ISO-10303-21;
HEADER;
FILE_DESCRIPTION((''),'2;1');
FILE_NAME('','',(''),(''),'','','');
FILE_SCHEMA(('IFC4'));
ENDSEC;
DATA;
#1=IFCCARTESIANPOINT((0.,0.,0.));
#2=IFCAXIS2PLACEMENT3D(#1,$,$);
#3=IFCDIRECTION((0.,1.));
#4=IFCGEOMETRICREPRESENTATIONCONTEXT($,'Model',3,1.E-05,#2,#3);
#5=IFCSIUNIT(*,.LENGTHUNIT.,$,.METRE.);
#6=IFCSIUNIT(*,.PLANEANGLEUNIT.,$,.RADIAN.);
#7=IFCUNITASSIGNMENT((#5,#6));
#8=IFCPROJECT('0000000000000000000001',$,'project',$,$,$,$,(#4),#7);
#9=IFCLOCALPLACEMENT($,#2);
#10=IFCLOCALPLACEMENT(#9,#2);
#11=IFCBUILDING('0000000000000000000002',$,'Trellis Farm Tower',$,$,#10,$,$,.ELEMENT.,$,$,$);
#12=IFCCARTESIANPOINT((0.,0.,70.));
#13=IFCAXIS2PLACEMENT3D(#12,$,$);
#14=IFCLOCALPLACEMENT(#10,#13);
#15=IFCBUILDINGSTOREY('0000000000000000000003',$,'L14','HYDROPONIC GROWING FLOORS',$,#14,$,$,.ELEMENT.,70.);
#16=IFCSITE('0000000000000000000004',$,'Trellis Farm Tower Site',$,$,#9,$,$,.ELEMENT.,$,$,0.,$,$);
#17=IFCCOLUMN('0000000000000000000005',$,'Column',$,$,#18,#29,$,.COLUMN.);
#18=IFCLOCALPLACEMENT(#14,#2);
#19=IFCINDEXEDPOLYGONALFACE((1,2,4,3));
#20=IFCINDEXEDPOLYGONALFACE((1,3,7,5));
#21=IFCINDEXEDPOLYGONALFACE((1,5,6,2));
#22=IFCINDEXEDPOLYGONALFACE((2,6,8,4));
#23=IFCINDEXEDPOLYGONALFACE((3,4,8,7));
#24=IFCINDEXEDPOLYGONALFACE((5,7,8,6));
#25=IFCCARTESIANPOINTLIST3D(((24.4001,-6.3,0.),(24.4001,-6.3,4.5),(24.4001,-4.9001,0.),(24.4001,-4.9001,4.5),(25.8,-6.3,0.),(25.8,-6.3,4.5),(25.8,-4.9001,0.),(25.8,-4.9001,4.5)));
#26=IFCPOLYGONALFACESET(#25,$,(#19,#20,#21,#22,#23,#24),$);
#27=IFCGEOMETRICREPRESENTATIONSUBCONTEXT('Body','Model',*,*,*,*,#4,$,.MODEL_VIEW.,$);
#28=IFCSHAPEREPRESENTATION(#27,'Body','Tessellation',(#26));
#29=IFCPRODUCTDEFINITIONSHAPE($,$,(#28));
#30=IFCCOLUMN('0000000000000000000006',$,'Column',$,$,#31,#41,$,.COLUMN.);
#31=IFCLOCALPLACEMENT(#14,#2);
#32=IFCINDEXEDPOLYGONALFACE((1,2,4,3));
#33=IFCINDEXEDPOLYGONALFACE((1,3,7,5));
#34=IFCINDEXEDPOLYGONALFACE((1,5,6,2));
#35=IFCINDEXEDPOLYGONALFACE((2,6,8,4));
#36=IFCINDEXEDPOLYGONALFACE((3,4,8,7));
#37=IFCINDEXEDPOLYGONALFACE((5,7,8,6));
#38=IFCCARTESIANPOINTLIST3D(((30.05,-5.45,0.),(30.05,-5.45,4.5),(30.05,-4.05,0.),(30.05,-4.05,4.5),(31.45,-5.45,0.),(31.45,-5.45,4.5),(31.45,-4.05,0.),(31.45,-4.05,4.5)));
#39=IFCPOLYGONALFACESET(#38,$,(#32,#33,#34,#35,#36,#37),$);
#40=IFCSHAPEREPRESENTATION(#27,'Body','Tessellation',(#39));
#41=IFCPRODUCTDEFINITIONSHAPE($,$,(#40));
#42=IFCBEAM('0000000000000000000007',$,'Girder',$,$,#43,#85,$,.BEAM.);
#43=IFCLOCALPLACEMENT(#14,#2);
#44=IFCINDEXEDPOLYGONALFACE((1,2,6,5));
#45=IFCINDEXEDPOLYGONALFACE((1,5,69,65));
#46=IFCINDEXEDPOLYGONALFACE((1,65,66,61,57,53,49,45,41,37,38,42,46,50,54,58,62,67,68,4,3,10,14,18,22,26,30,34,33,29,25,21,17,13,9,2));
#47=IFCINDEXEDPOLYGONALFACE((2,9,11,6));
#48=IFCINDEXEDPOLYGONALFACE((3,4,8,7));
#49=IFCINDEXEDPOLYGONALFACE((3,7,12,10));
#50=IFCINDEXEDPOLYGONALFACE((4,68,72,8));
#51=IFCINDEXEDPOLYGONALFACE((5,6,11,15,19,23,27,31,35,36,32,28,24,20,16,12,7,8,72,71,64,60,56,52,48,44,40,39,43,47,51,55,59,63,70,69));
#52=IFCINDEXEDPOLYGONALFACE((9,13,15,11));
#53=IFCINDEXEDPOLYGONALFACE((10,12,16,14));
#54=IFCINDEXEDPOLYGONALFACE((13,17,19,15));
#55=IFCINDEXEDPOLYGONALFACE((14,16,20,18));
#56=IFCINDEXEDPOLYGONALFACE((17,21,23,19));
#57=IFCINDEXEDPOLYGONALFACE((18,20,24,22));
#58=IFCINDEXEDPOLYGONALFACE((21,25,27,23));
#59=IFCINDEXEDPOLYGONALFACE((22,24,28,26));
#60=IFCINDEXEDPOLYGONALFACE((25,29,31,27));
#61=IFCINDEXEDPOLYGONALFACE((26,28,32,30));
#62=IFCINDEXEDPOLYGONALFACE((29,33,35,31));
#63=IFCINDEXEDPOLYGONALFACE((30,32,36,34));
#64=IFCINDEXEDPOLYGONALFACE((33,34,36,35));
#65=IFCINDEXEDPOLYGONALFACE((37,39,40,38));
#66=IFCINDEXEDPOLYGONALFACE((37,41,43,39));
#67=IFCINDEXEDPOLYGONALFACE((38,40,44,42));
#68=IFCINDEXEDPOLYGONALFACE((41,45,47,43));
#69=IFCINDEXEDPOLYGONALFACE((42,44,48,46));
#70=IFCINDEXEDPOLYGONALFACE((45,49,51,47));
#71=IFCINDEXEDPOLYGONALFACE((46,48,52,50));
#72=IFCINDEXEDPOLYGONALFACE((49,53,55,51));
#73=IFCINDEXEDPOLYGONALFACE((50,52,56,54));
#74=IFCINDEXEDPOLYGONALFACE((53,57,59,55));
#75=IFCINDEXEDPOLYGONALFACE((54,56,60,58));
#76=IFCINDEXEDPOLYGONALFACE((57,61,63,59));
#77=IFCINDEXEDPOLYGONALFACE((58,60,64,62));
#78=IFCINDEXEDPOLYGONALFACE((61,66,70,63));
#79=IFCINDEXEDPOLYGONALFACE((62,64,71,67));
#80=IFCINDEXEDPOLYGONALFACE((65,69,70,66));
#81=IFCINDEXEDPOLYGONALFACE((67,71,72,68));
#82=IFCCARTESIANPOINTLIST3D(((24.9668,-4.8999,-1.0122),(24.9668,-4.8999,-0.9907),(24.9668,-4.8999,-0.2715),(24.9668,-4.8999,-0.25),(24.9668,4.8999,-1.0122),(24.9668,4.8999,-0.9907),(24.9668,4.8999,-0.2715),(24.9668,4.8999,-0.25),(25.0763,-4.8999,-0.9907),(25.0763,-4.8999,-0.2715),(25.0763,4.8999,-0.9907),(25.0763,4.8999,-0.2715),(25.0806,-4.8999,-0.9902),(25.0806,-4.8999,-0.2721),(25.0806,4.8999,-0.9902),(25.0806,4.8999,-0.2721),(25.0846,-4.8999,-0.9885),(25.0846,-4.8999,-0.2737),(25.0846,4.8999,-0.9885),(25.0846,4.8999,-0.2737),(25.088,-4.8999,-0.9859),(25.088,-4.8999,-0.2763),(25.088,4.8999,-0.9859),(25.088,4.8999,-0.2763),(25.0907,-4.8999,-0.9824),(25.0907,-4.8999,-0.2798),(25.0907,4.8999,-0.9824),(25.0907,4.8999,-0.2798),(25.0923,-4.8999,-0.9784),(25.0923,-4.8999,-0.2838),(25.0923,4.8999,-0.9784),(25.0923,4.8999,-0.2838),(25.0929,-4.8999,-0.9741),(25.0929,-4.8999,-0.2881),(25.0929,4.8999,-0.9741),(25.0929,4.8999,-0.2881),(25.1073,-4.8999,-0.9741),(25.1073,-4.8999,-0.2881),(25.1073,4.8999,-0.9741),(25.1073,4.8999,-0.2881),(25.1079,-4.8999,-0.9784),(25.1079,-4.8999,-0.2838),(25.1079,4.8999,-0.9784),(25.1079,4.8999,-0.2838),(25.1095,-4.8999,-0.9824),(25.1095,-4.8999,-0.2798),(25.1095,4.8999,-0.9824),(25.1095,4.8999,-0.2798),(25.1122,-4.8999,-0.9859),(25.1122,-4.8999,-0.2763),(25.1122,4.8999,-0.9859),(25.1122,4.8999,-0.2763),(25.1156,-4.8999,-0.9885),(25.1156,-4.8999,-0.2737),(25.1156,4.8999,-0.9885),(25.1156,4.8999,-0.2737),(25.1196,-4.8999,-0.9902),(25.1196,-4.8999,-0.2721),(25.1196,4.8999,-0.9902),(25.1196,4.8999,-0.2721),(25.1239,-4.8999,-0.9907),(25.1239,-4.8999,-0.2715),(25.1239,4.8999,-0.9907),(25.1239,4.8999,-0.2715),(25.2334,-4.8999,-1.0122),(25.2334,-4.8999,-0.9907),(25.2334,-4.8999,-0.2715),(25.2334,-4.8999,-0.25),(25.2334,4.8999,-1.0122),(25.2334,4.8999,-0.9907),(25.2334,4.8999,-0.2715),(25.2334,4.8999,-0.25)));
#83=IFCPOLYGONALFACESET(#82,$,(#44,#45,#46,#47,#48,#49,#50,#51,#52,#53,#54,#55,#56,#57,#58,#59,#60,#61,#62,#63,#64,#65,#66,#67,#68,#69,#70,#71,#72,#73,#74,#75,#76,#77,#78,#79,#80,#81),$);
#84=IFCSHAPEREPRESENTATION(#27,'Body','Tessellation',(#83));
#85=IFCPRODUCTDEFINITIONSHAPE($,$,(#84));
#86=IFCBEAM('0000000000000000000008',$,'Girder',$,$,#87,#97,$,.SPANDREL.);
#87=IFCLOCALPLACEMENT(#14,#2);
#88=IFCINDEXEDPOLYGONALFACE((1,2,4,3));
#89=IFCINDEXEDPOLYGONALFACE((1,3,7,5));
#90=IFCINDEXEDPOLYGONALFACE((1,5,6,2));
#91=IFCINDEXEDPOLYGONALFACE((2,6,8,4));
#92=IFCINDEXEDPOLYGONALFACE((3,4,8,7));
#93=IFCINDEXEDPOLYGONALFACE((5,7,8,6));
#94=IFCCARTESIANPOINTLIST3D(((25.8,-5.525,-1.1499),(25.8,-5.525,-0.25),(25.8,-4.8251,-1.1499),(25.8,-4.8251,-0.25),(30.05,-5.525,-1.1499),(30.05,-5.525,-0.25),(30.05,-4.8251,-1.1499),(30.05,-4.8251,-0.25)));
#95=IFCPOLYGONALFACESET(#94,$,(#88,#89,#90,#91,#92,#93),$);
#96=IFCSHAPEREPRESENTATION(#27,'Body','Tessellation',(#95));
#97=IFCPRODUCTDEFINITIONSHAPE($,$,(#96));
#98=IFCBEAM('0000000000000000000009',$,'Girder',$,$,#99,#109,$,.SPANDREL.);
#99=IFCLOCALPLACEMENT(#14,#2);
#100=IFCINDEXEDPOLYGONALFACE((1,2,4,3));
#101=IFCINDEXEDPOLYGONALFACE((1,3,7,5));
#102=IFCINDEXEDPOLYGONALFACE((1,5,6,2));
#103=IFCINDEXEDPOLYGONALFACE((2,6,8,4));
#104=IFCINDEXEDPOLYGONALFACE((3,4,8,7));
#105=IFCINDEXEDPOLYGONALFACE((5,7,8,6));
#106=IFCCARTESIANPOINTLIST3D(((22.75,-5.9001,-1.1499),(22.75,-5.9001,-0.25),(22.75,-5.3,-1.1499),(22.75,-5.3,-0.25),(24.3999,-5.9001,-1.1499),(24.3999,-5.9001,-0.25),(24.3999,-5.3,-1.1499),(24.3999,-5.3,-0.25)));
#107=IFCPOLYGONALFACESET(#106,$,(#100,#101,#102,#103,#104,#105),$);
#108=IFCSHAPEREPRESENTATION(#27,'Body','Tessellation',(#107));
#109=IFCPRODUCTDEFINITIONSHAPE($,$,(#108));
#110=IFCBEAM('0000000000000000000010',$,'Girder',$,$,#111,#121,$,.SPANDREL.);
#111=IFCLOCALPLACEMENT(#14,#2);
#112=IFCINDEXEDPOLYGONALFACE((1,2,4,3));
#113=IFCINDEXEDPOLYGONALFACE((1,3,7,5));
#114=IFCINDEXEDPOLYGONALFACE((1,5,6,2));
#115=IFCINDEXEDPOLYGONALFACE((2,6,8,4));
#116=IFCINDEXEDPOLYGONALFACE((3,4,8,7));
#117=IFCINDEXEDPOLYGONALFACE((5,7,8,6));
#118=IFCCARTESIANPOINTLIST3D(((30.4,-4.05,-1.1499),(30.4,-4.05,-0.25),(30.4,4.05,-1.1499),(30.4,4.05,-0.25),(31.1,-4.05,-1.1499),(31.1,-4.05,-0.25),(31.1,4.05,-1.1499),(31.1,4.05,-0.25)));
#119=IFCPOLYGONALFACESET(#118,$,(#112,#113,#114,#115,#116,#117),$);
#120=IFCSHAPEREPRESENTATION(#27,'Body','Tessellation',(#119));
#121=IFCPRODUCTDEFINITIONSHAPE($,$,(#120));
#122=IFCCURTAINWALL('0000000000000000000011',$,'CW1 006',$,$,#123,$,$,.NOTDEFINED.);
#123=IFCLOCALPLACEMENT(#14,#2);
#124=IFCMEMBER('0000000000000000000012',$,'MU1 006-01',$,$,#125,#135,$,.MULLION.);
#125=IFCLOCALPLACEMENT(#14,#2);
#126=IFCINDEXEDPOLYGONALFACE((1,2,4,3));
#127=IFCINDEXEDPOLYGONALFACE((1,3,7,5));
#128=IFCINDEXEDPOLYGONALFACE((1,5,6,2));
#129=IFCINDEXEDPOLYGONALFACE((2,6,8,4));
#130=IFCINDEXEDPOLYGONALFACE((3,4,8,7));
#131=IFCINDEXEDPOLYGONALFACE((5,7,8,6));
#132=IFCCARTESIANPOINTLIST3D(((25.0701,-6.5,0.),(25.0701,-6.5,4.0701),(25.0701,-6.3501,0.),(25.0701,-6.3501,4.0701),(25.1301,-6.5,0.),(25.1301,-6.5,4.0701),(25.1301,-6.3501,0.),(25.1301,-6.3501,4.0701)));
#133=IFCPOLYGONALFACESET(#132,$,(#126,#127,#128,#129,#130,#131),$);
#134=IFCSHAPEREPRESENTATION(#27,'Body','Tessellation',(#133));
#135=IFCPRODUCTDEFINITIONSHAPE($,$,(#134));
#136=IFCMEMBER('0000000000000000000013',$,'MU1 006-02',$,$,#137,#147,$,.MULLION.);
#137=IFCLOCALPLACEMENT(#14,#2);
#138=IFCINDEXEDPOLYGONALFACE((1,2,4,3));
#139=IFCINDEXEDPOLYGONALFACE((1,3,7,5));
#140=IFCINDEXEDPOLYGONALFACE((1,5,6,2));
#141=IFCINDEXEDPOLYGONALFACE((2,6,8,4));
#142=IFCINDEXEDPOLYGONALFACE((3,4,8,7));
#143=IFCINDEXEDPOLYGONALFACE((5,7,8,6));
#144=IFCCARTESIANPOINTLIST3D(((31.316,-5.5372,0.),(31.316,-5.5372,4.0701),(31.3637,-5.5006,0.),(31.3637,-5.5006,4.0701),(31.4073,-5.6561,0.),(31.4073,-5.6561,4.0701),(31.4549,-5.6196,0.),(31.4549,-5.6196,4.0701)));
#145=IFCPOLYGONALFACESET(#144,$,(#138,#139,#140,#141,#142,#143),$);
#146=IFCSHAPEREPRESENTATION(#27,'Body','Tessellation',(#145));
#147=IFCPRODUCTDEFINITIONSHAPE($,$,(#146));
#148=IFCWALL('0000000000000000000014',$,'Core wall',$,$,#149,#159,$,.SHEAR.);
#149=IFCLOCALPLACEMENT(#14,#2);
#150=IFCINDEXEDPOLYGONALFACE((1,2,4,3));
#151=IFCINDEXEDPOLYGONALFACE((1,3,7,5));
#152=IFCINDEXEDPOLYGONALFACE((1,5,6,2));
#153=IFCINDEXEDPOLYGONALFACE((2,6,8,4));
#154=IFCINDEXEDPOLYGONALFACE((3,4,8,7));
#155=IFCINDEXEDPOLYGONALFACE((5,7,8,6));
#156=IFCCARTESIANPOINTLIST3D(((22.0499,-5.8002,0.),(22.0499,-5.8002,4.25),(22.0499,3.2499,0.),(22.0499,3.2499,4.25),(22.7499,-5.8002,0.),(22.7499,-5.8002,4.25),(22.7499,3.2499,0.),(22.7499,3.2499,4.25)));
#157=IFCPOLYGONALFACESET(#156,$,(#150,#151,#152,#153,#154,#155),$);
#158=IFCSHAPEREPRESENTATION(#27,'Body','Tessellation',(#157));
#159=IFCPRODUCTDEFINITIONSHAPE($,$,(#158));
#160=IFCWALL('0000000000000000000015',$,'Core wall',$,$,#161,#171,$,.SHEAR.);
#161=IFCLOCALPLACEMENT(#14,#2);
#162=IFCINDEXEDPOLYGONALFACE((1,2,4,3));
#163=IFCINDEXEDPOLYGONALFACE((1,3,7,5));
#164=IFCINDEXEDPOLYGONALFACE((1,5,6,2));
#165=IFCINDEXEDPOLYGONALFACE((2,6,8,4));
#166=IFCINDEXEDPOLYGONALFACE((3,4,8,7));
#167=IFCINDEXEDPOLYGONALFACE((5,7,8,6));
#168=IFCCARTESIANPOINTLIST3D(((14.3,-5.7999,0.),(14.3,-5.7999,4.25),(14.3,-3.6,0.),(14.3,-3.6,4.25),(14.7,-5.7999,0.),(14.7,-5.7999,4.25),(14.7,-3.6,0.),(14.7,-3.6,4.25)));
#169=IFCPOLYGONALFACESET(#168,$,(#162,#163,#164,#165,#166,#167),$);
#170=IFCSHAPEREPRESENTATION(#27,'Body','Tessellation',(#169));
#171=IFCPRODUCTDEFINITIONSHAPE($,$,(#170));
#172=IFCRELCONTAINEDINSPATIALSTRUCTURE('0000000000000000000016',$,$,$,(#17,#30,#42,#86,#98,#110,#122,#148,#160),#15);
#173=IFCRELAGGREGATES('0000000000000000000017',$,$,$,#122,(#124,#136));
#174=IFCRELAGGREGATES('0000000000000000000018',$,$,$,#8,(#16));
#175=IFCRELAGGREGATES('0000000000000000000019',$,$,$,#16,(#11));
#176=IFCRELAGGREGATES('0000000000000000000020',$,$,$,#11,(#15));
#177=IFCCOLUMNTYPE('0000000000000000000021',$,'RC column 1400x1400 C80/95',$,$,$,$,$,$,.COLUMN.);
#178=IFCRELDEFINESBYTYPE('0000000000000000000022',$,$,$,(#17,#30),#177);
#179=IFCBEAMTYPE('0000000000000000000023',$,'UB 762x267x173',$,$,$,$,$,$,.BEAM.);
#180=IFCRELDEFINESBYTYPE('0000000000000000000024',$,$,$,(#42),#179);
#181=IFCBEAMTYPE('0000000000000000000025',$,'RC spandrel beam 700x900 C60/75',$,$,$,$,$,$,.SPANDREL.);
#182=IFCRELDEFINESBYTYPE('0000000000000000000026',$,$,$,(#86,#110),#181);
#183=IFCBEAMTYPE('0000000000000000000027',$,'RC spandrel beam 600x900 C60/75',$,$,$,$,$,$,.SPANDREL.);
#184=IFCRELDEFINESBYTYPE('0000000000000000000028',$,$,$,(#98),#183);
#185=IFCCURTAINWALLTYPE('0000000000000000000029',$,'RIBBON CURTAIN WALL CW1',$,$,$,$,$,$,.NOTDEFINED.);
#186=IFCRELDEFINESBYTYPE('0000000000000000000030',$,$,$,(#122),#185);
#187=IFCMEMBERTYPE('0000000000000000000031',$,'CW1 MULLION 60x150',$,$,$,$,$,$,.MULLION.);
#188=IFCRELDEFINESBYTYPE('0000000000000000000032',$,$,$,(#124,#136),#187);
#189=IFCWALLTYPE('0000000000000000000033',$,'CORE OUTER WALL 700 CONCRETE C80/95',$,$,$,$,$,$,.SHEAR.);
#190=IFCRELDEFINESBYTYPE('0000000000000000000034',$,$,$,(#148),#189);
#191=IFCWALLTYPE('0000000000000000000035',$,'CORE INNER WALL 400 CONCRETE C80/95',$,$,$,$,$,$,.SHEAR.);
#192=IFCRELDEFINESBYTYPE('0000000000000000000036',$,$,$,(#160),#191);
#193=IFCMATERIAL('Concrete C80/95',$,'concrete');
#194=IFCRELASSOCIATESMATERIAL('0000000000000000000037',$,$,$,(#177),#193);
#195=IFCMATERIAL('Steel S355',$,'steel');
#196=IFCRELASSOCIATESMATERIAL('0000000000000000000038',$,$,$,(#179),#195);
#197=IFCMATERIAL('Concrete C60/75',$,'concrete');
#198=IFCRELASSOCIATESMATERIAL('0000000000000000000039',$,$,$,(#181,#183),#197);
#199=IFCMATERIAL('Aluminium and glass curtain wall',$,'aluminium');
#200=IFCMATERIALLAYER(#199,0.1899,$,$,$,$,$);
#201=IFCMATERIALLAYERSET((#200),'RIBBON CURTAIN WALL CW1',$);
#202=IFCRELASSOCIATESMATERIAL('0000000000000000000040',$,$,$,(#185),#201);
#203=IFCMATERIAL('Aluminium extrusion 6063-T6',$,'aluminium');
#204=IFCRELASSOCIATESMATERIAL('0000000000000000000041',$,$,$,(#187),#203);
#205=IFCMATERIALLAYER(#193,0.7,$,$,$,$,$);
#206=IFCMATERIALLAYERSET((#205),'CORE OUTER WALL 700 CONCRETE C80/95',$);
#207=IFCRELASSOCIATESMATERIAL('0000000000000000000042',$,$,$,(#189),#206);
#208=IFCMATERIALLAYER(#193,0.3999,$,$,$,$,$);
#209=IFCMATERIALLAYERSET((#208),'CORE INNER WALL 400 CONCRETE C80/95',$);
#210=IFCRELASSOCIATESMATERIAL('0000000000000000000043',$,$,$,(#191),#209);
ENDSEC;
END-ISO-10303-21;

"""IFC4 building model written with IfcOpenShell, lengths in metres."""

from ifc_helpers import new_model, si_unit, direction, frame, frame_2d, origin, origin_2d, place, context, subcontext, project, spatial, rectangle, i_section, extrude, source, transform, mapped, material, layer, layer_set, material_profile, profile_set, type_object, element, aggregate, save


model = new_model("IFC4")

# Units and contexts
model_context = context("Model", 3, precision=1e-05, world=origin(), true_north=direction((0.0, 1.0)))
body_context = subcontext(model_context, "Body", "Model", "MODEL_VIEW")
ifc_project = project(units=[si_unit("LENGTHUNIT", "METRE"), si_unit("PLANEANGLEUNIT", "RADIAN")], contexts=[model_context])

# Site, building, storey
site_placement = place(None, origin())
site = spatial("IfcSite", under=ifc_project, at=site_placement, Name="Trellis Farm Tower Site", CompositionType="ELEMENT", RefElevation=0.0)
building_placement = place(site_placement, origin())
building = spatial("IfcBuilding", under=site, at=building_placement, Name="Trellis Farm Tower", CompositionType="ELEMENT")
storey_placement = place(building_placement, frame((0.0, 0.0, 70.0)))
storey = spatial("IfcBuildingStorey", under=building, at=storey_placement, Name="L14", Description="HYDROPONIC GROWING FLOORS", CompositionType="ELEMENT", Elevation=70.0)

# Columns
ifc_material_1 = material(Name="Concrete C80/95", Category="concrete")
ifc_material_profile_1 = material_profile(ifc_material_1, rectangle(XDim=1.3999, YDim=1.3999, at=origin_2d()), Name="RC column 1400x1400 C80/95")
ifc_profile_set_1 = profile_set([ifc_material_profile_1], Name="Concrete C80/95")
column_type = type_object("IfcColumnType", Name="RC column 1400x1400 C80/95", PredefinedType="COLUMN", material=ifc_profile_set_1)
shared_shape_1 = source(origin(), body_context, "Body", "SweptSolid", [
    extrude(rectangle(XDim=1.3999, YDim=1.3999, at=origin_2d()), origin(), (0.0, 0.0, 1.0), 4.5),
])
for number, where, z_axis, x_axis, name in (
    (1, (25.1001, -5.6001, 0.0), (0.0, 0.0, 1.0), (1.0, 0.0, 0.0), "Column"),
    (2, (30.75, -4.75, 0.0), (0.0, 0.0, 1.0), (1.0, 0.0, 0.0), "Column"),
):
    element("IfcColumn", number, at=place(storey_placement, frame(where, z_axis=z_axis, x_axis=x_axis)), inside=storey, type_object=column_type, Name=name, PredefinedType="COLUMN", context=body_context, shape_type="MappedRepresentation", body=[
        mapped(shared_shape_1, transform((0.0, 0.0, 0.0))),
    ])

# Beams
ifc_material_2 = material(Name="Steel S355", Category="steel")
ifc_material_profile_2 = material_profile(ifc_material_2, i_section(OverallWidth=0.2666, OverallDepth=0.7622, WebThickness=0.0144, FlangeThickness=0.0215, FilletRadius=0.0166, at=origin_2d()), Name="UB 762x267x173")
ifc_profile_set_2 = profile_set([ifc_material_profile_2], Name="Steel S355")
beam_type_1 = type_object("IfcBeamType", Name="UB 762x267x173", PredefinedType="BEAM", material=ifc_profile_set_2)
shared_shape_2 = source(origin(), body_context, "Body", "SweptSolid", [
    extrude(i_section(OverallWidth=0.2666, OverallDepth=0.7622, WebThickness=0.0144, FlangeThickness=0.0215, FilletRadius=0.0166, at=origin_2d()), origin(), (0.0, 0.0, 1.0), 9.7998),
])
beam_1_placement = place(storey_placement, frame((25.1001, -4.8999, -0.6311), z_axis=(0.0, 1.0, 0.0), x_axis=(-1.0, 0.0, 0.0)))
element("IfcBeam", 3, at=beam_1_placement, inside=storey, type_object=beam_type_1, Name="Girder", PredefinedType="BEAM", context=body_context, shape_type="MappedRepresentation", body=[
    mapped(shared_shape_2, transform((0.0, 0.0, 0.0))),
])
ifc_material_3 = material(Name="Concrete C60/75", Category="concrete")
ifc_material_profile_3 = material_profile(ifc_material_3, rectangle(XDim=0.7, YDim=0.8999, at=origin_2d()), Name="RC spandrel beam 700x900 C60/75")
ifc_profile_set_3 = profile_set([ifc_material_profile_3], Name="Concrete C60/75")
beam_type_2 = type_object("IfcBeamType", Name="RC spandrel beam 700x900 C60/75", PredefinedType="SPANDREL", material=ifc_profile_set_3)
shared_shape_3 = source(origin(), body_context, "Body", "SweptSolid", [
    extrude(rectangle(XDim=0.7, YDim=0.8999, at=origin_2d()), origin(), (0.0, 0.0, 1.0), 4.25),
])
beam_2_placement = place(storey_placement, frame((25.8, -5.175, -0.7), z_axis=(1.0, 0.0, 0.0), x_axis=(0.0, 1.0, 0.0)))
element("IfcBeam", 4, at=beam_2_placement, inside=storey, type_object=beam_type_2, Name="Girder", PredefinedType="SPANDREL", context=body_context, shape_type="MappedRepresentation", body=[
    mapped(shared_shape_3, transform((0.0, 0.0, 0.0))),
])
ifc_material_profile_4 = material_profile(ifc_material_3, rectangle(XDim=0.6001, YDim=0.8999, at=origin_2d()), Name="RC spandrel beam 600x900 C60/75")
ifc_profile_set_4 = profile_set([ifc_material_profile_4], Name="Concrete C60/75")
beam_type_3 = type_object("IfcBeamType", Name="RC spandrel beam 600x900 C60/75", PredefinedType="SPANDREL", material=ifc_profile_set_4)
shared_shape_4 = source(origin(), body_context, "Body", "SweptSolid", [
    extrude(rectangle(XDim=0.6001, YDim=0.8999, at=origin_2d()), origin(), (0.0, 0.0, 1.0), 1.6499),
])
beam_3_placement = place(storey_placement, frame((22.75, -5.6001, -0.7), z_axis=(1.0, 0.0, 0.0), x_axis=(0.0, 1.0, 0.0)))
element("IfcBeam", 5, at=beam_3_placement, inside=storey, type_object=beam_type_3, Name="Girder", PredefinedType="SPANDREL", context=body_context, shape_type="MappedRepresentation", body=[
    mapped(shared_shape_4, transform((0.0, 0.0, 0.0))),
])
shared_shape_5 = source(origin(), body_context, "Body", "SweptSolid", [
    extrude(rectangle(XDim=0.7, YDim=0.8999, at=origin_2d()), origin(), (0.0, 0.0, 1.0), 8.1001),
])
beam_4_placement = place(storey_placement, frame((30.75, -4.05, -0.7), z_axis=(0.0, 1.0, 0.0), x_axis=(-1.0, 0.0, 0.0)))
element("IfcBeam", 6, at=beam_4_placement, inside=storey, type_object=beam_type_2, Name="Girder", PredefinedType="SPANDREL", context=body_context, shape_type="MappedRepresentation", body=[
    mapped(shared_shape_5, transform((0.0, 0.0, 0.0))),
])

# Curtain wall, members
ifc_material_4 = material(Name="Aluminium and glass curtain wall", Category="aluminium")
ifc_layer_1 = layer(ifc_material_4, 0.1899)
ifc_layer_set_1 = layer_set([ifc_layer_1], Name="RIBBON CURTAIN WALL CW1")
curtain_wall_type = type_object("IfcCurtainWallType", Name="RIBBON CURTAIN WALL CW1", PredefinedType="NOTDEFINED", material=ifc_layer_set_1)
placement = place(storey_placement, origin())
curtain_wall = element("IfcCurtainWall", 7, at=placement, inside=storey, type_object=curtain_wall_type, Name="CW1 006", PredefinedType="NOTDEFINED")
ifc_material_5 = material(Name="Aluminium extrusion 6063-T6", Category="aluminium")
ifc_material_profile_5 = material_profile(ifc_material_5, rectangle(XDim=0.0601, YDim=0.1499, at=origin_2d()), Name="MULLION 60x150")
ifc_profile_set_5 = profile_set([ifc_material_profile_5], Name="Aluminium extrusion 6063-T6")
member_type = type_object("IfcMemberType", Name="CW1 MULLION 60x150", PredefinedType="MULLION", material=ifc_profile_set_5)
shared_shape_6 = source(origin(), body_context, "Body", "SweptSolid", [
    extrude(rectangle(XDim=0.0601, YDim=0.1499, at=origin_2d()), origin(), (0.0, 0.0, 1.0), 4.0701),
])
member_1_placement = place(storey_placement, frame((25.1001, -6.425, 0.0), z_axis=(0.0, 0.0, 1.0), x_axis=(1.0, 0.0, 0.0)))
member_1 = element("IfcMember", 8, at=member_1_placement, type_object=member_type, Name="MU1 006-01", PredefinedType="MULLION", context=body_context, shape_type="MappedRepresentation", body=[
    mapped(shared_shape_6, transform((0.0, 0.0, 0.0))),
])
member_2_placement = place(storey_placement, frame((31.3855, -5.5784, 0.0), z_axis=(0.0, 0.0, 1.0), x_axis=(0.793353, 0.608761, 0.0)))
member_2 = element("IfcMember", 9, at=member_2_placement, type_object=member_type, Name="MU1 006-02", PredefinedType="MULLION", context=body_context, shape_type="MappedRepresentation", body=[
    mapped(shared_shape_6, transform((0.0, 0.0, 0.0))),
])
aggregate(curtain_wall, [member_1, member_2])

# Walls
ifc_layer_2 = layer(ifc_material_1, 0.7)
ifc_layer_set_2 = layer_set([ifc_layer_2], Name="CORE OUTER WALL 700 CONCRETE C80/95")
wall_type_1 = type_object("IfcWallType", Name="CORE OUTER WALL 700 CONCRETE C80/95", PredefinedType="SHEAR", material=ifc_layer_set_2)
shared_shape_7 = source(origin(), body_context, "Body", "SweptSolid", [
    extrude(rectangle(XDim=9.05, YDim=0.7, at=frame_2d((4.5249, 0.0))), origin(), (0.0, 0.0, 1.0), 4.25),
])
wall_1_placement = place(storey_placement, frame((22.3999, -5.8, 0.0), z_axis=(0.0, 0.0, 1.0), x_axis=(0.0, 1.0, 0.0)))
element("IfcWall", 10, at=wall_1_placement, inside=storey, type_object=wall_type_1, Name="Core wall", PredefinedType="SHEAR", context=body_context, shape_type="MappedRepresentation", body=[
    mapped(shared_shape_7, transform((0.0, 0.0, 0.0))),
])
ifc_layer_3 = layer(ifc_material_1, 0.3999)
ifc_layer_set_3 = layer_set([ifc_layer_3], Name="CORE INNER WALL 400 CONCRETE C80/95")
wall_type_2 = type_object("IfcWallType", Name="CORE INNER WALL 400 CONCRETE C80/95", PredefinedType="SHEAR", material=ifc_layer_set_3)
shared_shape_8 = source(origin(), body_context, "Body", "SweptSolid", [
    extrude(rectangle(XDim=2.2, YDim=0.3999, at=frame_2d((1.1001, 0.0))), origin(), (0.0, 0.0, 1.0), 4.25),
])
wall_2_placement = place(storey_placement, frame((14.5, -5.8, 0.0), z_axis=(0.0, 0.0, 1.0), x_axis=(0.0, 1.0, 0.0)))
element("IfcWall", 11, at=wall_2_placement, inside=storey, type_object=wall_type_2, Name="Core wall", PredefinedType="SHEAR", context=body_context, shape_type="MappedRepresentation", body=[
    mapped(shared_shape_8, transform((0.0, 0.0, 0.0))),
])

save(model, "model.ifc")
